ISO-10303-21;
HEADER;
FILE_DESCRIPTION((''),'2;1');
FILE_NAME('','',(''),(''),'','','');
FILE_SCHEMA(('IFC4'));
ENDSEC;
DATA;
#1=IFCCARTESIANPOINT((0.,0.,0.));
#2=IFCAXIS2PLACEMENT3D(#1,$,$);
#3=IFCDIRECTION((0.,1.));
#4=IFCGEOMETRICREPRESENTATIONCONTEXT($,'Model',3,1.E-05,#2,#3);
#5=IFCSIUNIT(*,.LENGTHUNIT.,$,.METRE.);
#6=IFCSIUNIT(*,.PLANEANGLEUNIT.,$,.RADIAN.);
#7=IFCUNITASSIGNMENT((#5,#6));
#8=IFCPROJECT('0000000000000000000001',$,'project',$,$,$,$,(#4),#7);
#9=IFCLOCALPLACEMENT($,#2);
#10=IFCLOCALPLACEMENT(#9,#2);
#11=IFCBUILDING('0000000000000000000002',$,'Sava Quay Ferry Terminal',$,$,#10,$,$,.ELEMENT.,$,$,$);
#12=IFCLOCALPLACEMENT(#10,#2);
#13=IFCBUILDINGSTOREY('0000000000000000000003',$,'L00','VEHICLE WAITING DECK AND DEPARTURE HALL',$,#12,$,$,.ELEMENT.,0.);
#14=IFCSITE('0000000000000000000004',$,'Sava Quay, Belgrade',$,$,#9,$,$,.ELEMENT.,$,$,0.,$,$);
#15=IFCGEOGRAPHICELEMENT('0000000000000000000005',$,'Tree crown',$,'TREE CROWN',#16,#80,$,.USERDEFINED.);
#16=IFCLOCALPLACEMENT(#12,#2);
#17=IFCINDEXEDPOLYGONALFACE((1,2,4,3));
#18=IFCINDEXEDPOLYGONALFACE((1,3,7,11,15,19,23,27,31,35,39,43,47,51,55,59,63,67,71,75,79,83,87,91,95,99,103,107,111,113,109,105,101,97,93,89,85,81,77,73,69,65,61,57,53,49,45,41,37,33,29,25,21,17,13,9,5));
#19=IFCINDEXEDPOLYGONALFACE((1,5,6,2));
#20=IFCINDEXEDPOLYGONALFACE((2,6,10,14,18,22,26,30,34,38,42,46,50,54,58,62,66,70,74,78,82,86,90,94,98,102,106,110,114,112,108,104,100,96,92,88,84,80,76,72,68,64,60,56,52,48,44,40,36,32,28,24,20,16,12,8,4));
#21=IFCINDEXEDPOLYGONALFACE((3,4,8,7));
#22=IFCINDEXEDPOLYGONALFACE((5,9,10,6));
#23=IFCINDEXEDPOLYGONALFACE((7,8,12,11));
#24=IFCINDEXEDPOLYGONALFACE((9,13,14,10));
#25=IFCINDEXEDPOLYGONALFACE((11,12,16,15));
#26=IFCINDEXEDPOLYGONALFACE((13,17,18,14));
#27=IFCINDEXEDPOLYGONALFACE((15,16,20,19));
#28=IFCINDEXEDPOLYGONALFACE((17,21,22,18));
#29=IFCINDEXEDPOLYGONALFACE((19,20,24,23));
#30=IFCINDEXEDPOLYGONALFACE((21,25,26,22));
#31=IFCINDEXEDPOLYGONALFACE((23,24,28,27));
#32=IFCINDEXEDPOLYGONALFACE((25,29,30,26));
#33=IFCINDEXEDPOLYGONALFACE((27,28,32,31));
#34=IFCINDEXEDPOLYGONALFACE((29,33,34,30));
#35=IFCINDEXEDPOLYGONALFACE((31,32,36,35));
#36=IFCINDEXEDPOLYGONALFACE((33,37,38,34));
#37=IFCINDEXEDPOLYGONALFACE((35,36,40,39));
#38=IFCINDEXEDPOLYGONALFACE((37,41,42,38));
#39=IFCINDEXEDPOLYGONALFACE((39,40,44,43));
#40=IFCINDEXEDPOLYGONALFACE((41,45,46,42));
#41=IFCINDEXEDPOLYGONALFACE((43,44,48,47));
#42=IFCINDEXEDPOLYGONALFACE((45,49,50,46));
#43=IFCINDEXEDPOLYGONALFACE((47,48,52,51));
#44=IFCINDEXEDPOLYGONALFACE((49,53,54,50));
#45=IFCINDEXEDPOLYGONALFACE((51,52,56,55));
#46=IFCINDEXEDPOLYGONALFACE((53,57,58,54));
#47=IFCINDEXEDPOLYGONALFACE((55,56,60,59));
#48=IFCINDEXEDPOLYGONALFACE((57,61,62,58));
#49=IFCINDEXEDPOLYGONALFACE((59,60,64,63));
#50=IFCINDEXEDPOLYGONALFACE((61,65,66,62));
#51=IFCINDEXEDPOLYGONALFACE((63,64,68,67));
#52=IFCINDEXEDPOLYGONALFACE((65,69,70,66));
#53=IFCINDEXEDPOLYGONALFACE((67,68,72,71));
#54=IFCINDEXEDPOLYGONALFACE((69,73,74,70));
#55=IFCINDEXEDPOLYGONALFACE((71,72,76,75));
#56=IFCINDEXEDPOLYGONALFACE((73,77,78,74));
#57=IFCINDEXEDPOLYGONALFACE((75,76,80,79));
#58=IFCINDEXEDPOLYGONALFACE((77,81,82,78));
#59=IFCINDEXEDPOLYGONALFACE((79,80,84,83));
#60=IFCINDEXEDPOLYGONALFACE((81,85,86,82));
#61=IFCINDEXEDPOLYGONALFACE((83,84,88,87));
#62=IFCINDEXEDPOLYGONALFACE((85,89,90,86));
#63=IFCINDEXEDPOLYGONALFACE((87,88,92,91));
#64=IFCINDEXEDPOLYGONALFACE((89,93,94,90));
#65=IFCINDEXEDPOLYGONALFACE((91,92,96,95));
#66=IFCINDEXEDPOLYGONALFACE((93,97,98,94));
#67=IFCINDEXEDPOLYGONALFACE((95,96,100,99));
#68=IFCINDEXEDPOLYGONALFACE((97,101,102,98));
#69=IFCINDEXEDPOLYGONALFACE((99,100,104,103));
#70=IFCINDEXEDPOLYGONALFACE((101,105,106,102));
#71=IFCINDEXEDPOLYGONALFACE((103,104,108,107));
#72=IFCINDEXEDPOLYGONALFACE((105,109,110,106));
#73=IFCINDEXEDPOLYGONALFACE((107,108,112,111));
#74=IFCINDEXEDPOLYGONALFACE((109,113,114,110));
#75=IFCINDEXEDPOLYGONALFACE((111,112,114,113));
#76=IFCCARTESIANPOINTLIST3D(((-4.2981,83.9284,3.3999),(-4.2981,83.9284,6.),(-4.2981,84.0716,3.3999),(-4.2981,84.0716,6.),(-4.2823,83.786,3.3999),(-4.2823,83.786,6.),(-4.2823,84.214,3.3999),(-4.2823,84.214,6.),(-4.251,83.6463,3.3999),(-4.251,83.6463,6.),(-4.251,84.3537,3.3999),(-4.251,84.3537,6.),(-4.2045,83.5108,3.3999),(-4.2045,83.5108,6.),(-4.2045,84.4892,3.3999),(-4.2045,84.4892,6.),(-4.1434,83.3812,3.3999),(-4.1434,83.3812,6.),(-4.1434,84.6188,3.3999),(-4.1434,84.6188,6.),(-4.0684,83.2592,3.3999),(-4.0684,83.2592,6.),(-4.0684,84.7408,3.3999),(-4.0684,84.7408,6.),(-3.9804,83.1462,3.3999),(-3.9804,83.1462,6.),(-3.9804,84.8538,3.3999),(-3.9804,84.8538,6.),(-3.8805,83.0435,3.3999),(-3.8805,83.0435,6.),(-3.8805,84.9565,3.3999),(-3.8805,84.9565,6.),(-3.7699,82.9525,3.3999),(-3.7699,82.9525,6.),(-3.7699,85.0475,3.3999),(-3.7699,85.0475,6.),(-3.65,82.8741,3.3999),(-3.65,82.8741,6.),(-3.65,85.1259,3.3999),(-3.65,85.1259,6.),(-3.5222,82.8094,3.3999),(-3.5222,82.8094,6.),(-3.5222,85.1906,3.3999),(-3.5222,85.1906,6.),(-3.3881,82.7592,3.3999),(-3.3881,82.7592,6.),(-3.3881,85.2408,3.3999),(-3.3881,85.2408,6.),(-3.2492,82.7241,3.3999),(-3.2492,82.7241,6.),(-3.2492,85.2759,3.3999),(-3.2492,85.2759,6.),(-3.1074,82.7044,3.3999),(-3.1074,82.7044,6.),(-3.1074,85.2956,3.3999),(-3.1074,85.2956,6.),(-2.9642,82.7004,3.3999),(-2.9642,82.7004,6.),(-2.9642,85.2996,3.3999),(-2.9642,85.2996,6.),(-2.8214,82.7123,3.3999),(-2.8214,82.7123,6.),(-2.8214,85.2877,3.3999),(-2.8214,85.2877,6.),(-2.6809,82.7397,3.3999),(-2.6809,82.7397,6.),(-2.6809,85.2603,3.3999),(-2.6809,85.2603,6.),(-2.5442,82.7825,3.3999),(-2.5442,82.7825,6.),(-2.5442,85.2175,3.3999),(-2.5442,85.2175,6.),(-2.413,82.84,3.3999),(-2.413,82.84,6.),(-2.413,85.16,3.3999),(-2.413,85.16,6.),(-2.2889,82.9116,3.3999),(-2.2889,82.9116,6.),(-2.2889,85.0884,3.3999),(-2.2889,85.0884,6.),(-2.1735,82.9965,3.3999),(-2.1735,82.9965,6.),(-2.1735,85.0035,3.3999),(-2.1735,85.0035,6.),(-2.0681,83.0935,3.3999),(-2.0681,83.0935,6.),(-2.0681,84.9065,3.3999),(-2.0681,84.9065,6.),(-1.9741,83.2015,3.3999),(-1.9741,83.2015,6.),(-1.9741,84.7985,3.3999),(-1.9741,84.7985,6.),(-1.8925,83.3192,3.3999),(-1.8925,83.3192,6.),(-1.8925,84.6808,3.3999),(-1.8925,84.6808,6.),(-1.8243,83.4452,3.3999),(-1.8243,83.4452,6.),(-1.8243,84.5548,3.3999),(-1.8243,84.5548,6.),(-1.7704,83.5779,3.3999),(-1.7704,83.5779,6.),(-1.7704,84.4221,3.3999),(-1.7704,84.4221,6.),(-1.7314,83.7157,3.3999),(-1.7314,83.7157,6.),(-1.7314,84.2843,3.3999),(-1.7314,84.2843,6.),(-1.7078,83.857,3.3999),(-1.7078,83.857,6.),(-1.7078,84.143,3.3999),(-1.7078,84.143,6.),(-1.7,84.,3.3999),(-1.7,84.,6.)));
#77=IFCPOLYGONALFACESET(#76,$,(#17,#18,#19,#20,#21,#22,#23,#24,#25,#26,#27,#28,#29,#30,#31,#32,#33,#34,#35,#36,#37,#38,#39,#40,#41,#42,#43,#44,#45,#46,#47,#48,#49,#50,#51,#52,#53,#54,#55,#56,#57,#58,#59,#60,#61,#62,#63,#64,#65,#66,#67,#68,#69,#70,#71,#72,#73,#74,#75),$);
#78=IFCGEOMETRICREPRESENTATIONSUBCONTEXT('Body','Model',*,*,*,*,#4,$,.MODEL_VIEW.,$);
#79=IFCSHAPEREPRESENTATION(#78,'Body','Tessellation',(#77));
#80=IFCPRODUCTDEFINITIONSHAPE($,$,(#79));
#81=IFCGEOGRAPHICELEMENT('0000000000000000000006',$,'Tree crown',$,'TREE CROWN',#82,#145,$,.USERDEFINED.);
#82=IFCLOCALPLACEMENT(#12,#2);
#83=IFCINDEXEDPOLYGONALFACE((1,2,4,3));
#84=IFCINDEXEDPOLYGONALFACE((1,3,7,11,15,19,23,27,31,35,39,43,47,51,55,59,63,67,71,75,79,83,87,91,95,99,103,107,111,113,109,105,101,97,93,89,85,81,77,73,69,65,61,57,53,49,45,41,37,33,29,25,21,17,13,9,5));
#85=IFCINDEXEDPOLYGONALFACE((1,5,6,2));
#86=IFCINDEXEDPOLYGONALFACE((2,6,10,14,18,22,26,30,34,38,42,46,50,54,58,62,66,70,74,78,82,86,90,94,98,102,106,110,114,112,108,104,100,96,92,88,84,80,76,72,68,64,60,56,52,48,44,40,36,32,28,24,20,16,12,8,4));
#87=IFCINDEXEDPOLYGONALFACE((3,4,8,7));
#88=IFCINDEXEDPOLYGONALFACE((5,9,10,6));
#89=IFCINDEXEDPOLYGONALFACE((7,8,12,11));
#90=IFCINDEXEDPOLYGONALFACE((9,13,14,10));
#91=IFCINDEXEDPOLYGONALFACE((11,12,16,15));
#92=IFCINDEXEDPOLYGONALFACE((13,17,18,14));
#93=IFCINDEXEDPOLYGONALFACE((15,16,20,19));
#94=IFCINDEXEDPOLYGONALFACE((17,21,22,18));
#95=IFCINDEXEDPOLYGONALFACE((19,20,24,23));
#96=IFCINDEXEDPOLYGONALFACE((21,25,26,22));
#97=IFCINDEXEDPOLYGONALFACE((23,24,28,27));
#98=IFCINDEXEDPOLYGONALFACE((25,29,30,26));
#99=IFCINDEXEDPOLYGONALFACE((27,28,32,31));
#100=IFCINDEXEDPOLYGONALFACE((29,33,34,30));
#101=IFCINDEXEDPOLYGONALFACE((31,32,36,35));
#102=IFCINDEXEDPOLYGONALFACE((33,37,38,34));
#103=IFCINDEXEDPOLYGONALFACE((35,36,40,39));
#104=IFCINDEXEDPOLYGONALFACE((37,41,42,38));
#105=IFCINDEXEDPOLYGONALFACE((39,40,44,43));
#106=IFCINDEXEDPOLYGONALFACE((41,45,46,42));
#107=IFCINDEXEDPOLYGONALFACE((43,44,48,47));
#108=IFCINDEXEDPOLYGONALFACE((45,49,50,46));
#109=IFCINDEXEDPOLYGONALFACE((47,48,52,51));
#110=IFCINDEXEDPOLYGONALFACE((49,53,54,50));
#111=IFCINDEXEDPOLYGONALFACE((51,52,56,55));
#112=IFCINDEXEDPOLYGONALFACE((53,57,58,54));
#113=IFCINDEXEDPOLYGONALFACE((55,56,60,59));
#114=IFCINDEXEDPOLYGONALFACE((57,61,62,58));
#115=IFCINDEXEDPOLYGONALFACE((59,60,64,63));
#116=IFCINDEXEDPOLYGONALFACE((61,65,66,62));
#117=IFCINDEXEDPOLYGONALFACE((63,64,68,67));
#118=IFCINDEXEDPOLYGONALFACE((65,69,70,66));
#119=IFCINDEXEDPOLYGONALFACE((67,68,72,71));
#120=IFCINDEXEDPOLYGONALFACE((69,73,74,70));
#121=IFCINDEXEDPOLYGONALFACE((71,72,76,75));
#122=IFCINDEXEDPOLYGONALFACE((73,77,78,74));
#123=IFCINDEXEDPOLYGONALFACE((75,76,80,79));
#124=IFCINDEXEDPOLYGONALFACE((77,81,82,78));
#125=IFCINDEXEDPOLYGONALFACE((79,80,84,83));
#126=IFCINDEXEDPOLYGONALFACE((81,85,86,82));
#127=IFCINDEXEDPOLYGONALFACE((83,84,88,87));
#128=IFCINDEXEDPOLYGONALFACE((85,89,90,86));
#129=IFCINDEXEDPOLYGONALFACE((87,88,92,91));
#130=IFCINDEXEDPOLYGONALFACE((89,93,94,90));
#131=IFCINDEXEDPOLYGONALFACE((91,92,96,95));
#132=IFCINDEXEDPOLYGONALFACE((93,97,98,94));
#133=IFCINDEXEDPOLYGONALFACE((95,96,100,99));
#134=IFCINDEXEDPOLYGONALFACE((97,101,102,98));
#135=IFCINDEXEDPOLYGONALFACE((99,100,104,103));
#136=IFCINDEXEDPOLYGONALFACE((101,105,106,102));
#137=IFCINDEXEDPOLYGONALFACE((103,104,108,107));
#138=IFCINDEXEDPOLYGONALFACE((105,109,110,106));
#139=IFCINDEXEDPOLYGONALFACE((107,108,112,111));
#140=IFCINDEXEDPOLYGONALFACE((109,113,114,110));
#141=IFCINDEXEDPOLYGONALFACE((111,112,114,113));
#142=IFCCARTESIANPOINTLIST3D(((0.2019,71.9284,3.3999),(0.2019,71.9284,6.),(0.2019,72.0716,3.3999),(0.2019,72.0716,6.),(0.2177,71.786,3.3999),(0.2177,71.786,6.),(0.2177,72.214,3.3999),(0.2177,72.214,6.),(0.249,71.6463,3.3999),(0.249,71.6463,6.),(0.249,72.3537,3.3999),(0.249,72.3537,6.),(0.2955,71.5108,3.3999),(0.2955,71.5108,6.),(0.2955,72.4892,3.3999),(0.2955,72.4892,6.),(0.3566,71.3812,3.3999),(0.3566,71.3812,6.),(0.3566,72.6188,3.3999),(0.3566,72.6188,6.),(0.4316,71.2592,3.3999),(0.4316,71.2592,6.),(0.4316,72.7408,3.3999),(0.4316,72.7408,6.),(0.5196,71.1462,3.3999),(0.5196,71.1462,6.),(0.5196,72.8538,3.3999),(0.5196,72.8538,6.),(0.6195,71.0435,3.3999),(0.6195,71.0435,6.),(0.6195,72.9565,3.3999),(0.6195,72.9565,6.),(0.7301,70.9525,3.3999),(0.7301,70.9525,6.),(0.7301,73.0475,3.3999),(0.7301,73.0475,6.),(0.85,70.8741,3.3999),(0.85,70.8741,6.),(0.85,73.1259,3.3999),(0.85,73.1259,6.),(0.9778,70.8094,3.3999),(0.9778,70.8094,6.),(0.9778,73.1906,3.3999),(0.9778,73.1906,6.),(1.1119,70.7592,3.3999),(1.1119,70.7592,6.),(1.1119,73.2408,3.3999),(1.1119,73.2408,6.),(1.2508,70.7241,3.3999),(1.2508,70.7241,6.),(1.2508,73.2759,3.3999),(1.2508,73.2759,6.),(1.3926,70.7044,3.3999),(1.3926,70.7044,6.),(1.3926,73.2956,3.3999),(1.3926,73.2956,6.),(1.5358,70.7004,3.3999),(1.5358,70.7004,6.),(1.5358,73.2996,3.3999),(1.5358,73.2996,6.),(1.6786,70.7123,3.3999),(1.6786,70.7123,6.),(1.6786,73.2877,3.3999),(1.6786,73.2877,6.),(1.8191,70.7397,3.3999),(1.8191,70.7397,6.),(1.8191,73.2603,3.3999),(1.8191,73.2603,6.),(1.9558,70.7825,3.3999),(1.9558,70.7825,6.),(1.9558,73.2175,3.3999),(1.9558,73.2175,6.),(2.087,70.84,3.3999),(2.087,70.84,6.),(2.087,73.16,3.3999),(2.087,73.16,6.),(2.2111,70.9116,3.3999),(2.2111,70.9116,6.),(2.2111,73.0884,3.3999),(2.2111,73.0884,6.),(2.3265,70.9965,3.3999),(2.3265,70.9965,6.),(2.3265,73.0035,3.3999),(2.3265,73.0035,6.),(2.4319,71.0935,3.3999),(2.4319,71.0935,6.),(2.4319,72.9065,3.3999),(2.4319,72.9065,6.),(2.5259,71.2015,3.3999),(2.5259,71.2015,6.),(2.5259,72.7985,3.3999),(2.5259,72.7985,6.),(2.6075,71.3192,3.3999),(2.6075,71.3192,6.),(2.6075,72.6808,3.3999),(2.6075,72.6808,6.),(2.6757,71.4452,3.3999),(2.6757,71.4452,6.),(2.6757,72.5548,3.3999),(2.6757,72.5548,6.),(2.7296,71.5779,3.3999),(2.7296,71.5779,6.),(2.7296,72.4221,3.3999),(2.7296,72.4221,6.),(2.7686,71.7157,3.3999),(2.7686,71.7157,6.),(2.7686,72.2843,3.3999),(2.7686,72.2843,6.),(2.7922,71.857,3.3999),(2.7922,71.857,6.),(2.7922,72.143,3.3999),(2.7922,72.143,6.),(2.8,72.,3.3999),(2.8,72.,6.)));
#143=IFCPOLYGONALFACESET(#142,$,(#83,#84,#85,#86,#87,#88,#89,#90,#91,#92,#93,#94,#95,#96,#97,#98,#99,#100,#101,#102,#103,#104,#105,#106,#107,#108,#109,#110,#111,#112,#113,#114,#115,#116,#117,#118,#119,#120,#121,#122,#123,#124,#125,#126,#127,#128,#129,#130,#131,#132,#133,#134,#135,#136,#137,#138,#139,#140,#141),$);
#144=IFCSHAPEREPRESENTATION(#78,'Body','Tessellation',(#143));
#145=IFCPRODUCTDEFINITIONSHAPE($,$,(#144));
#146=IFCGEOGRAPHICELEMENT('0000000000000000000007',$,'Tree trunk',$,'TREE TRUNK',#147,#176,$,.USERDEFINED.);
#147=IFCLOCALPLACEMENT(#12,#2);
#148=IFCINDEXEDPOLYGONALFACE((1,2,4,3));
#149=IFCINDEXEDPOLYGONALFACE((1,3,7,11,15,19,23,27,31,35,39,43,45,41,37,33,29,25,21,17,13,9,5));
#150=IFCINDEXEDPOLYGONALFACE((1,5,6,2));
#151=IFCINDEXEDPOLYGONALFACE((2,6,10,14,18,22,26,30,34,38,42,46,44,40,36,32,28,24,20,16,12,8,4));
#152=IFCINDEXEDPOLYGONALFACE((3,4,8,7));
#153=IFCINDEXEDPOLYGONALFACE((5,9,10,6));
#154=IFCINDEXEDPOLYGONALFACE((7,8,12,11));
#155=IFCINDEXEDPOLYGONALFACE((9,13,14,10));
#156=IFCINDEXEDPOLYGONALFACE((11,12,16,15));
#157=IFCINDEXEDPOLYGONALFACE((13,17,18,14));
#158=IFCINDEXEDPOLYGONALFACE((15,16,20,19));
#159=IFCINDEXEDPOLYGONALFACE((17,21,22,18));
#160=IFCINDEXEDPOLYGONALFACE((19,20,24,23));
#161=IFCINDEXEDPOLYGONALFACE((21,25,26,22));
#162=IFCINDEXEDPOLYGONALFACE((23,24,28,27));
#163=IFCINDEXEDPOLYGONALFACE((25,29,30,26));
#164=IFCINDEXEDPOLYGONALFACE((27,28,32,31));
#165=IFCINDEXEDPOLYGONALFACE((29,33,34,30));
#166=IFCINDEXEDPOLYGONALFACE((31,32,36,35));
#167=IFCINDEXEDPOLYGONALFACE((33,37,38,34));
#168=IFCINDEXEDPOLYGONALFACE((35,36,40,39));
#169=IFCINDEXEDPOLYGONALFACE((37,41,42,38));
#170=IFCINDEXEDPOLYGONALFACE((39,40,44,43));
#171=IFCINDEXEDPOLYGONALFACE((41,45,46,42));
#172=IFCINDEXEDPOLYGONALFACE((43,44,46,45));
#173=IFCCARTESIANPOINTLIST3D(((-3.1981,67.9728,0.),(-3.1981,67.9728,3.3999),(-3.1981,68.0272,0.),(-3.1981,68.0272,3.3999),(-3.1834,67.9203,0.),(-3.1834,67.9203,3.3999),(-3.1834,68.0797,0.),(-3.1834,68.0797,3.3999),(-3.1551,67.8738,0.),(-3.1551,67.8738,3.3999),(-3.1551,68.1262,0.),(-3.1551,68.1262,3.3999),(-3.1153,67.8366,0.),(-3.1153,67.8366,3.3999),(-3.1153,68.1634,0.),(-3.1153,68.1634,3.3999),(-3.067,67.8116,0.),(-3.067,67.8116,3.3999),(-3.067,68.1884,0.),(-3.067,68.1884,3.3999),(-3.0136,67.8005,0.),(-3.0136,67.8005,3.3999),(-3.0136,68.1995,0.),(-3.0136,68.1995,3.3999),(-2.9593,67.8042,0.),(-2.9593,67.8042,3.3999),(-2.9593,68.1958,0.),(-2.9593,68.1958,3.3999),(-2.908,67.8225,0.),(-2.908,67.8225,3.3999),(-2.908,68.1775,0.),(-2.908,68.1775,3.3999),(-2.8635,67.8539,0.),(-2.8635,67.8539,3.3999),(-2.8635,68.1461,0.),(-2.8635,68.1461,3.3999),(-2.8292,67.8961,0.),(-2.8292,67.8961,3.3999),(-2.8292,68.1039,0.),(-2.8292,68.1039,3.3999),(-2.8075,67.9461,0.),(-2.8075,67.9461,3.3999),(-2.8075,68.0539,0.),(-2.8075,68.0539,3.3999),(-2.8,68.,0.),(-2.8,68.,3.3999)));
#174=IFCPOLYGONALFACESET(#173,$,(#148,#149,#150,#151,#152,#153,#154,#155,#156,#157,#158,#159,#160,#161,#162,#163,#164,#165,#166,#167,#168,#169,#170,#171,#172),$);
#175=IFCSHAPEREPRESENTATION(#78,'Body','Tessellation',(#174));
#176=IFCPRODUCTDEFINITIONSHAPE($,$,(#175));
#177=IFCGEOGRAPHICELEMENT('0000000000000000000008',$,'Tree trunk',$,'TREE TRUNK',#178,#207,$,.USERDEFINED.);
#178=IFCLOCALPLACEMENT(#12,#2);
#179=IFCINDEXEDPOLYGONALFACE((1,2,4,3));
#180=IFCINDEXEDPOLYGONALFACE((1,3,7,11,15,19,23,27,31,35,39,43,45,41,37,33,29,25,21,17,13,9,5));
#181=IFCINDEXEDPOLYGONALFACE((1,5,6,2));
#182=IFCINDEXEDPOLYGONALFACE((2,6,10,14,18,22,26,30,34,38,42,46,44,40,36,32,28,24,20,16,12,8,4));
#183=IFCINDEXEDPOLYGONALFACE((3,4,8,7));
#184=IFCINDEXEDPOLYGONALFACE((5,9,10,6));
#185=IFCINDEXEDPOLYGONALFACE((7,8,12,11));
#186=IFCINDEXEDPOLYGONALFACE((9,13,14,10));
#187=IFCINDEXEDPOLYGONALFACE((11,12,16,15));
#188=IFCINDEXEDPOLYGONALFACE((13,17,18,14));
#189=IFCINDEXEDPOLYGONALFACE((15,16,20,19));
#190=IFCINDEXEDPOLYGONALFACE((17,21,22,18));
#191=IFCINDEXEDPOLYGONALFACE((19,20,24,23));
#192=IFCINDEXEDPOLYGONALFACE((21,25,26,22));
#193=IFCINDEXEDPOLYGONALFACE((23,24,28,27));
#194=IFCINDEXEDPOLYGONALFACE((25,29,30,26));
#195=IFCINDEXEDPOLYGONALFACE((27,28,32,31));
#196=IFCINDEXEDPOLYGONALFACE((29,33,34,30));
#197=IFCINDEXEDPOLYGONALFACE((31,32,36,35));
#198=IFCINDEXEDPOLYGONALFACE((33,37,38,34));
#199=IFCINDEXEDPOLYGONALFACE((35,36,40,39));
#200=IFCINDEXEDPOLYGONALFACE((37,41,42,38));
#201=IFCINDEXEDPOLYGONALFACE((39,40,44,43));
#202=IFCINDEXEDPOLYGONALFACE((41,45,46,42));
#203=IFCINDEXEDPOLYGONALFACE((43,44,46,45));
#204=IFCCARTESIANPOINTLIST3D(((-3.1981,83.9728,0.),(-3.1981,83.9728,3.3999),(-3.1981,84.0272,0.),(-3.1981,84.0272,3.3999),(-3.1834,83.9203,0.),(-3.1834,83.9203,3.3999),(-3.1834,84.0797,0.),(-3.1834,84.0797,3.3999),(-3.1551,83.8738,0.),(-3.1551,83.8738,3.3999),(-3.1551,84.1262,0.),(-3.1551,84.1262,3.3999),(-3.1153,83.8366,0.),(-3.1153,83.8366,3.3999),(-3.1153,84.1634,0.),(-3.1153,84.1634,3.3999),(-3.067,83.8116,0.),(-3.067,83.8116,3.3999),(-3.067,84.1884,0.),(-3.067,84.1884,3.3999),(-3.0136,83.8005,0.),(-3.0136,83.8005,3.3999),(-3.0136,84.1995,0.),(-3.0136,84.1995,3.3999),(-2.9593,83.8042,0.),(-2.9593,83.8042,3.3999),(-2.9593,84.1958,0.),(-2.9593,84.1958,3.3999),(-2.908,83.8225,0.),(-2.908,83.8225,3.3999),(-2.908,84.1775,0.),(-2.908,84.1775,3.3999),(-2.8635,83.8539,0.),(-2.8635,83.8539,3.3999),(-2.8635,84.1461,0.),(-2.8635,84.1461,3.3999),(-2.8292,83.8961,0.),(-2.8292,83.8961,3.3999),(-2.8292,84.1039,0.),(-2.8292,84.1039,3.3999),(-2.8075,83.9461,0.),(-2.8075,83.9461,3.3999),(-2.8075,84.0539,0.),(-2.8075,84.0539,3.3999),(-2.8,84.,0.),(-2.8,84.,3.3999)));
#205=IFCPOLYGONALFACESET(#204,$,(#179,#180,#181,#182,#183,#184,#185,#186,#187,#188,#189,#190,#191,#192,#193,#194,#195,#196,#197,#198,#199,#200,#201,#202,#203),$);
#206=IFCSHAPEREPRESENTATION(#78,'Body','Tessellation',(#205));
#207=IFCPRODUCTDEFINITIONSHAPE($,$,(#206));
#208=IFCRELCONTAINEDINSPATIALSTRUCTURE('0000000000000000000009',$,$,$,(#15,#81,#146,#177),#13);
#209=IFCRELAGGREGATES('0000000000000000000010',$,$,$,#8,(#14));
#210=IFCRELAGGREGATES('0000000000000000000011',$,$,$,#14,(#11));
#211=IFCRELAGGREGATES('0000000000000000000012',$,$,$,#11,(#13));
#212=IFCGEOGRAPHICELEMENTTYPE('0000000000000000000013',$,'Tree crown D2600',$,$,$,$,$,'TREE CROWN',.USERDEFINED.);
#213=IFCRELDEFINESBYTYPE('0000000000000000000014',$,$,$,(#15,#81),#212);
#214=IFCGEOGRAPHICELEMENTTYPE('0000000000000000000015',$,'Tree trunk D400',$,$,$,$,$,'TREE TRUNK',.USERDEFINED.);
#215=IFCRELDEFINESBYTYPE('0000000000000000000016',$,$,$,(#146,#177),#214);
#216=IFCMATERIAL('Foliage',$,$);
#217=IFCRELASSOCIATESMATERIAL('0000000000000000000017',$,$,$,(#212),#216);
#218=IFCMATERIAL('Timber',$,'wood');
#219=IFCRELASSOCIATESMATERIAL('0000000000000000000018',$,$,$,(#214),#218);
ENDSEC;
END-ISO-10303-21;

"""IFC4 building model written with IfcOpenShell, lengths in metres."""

from ifc_helpers import new_model, si_unit, direction, frame, origin, origin_2d, place, context, subcontext, project, spatial, circle, extrude, material, type_object, element, save


model = new_model("IFC4")

# Units and contexts
model_context = context("Model", 3, precision=1e-05, world=origin(), true_north=direction((0.0, 1.0)))
body_context = subcontext(model_context, "Body", "Model", "MODEL_VIEW")
ifc_project = project(units=[si_unit("LENGTHUNIT", "METRE"), si_unit("PLANEANGLEUNIT", "RADIAN")], contexts=[model_context])

# Site, building, storey
site_placement = place(None, origin())
site = spatial("IfcSite", under=ifc_project, at=site_placement, Name="Sava Quay, Belgrade", CompositionType="ELEMENT", RefElevation=0.0)
building_placement = place(site_placement, origin())
building = spatial("IfcBuilding", under=site, at=building_placement, Name="Sava Quay Ferry Terminal", CompositionType="ELEMENT")
storey_placement = place(building_placement, origin())
storey = spatial("IfcBuildingStorey", under=building, at=storey_placement, Name="L00", Description="VEHICLE WAITING DECK AND DEPARTURE HALL", CompositionType="ELEMENT", Elevation=0.0)

# Geographic elements
ifc_material_1 = material(Name="Foliage")
geographic_element_type_1 = type_object("IfcGeographicElementType", Name="Tree crown D2600", ElementType="TREE CROWN", PredefinedType="USERDEFINED", material=ifc_material_1)
for number, where, z_axis, x_axis, name in (
    (1, (-3.0, 84.0, 6.0), (0.0, 0.0, -1.0), (1.0, 0.0, 0.0), "Tree crown"),
    (2, (1.5, 72.0, 6.0), (0.0, 0.0, -1.0), (1.0, 0.0, 0.0), "Tree crown"),
):
    element("IfcGeographicElement", number, at=place(storey_placement, frame(where, z_axis=z_axis, x_axis=x_axis)), inside=storey, type_object=geographic_element_type_1, Name=name, ObjectType="TREE CROWN", PredefinedType="USERDEFINED", context=body_context, shape_type="SweptSolid", body=[
        extrude(circle(Radius=1.3, at=origin_2d()), origin(), (0.0, 0.0, 1.0), 2.6001),
    ])
ifc_material_2 = material(Name="Timber", Category="wood")
geographic_element_type_2 = type_object("IfcGeographicElementType", Name="Tree trunk D400", ElementType="TREE TRUNK", PredefinedType="USERDEFINED", material=ifc_material_2)
for number, where, z_axis, x_axis, name in (
    (3, (-3.0, 68.0, 3.3999), (0.0, 0.0, -1.0), (1.0, 0.0, 0.0), "Tree trunk"),
    (4, (-3.0, 84.0, 3.3999), (0.0, 0.0, -1.0), (1.0, 0.0, 0.0), "Tree trunk"),
):
    element("IfcGeographicElement", number, at=place(storey_placement, frame(where, z_axis=z_axis, x_axis=x_axis)), inside=storey, type_object=geographic_element_type_2, Name=name, ObjectType="TREE TRUNK", PredefinedType="USERDEFINED", context=body_context, shape_type="SweptSolid", body=[
        extrude(circle(Radius=0.2, at=origin_2d()), origin(), (0.0, 0.0, 1.0), 3.3999),
    ])

save(model, "model.ifc")
